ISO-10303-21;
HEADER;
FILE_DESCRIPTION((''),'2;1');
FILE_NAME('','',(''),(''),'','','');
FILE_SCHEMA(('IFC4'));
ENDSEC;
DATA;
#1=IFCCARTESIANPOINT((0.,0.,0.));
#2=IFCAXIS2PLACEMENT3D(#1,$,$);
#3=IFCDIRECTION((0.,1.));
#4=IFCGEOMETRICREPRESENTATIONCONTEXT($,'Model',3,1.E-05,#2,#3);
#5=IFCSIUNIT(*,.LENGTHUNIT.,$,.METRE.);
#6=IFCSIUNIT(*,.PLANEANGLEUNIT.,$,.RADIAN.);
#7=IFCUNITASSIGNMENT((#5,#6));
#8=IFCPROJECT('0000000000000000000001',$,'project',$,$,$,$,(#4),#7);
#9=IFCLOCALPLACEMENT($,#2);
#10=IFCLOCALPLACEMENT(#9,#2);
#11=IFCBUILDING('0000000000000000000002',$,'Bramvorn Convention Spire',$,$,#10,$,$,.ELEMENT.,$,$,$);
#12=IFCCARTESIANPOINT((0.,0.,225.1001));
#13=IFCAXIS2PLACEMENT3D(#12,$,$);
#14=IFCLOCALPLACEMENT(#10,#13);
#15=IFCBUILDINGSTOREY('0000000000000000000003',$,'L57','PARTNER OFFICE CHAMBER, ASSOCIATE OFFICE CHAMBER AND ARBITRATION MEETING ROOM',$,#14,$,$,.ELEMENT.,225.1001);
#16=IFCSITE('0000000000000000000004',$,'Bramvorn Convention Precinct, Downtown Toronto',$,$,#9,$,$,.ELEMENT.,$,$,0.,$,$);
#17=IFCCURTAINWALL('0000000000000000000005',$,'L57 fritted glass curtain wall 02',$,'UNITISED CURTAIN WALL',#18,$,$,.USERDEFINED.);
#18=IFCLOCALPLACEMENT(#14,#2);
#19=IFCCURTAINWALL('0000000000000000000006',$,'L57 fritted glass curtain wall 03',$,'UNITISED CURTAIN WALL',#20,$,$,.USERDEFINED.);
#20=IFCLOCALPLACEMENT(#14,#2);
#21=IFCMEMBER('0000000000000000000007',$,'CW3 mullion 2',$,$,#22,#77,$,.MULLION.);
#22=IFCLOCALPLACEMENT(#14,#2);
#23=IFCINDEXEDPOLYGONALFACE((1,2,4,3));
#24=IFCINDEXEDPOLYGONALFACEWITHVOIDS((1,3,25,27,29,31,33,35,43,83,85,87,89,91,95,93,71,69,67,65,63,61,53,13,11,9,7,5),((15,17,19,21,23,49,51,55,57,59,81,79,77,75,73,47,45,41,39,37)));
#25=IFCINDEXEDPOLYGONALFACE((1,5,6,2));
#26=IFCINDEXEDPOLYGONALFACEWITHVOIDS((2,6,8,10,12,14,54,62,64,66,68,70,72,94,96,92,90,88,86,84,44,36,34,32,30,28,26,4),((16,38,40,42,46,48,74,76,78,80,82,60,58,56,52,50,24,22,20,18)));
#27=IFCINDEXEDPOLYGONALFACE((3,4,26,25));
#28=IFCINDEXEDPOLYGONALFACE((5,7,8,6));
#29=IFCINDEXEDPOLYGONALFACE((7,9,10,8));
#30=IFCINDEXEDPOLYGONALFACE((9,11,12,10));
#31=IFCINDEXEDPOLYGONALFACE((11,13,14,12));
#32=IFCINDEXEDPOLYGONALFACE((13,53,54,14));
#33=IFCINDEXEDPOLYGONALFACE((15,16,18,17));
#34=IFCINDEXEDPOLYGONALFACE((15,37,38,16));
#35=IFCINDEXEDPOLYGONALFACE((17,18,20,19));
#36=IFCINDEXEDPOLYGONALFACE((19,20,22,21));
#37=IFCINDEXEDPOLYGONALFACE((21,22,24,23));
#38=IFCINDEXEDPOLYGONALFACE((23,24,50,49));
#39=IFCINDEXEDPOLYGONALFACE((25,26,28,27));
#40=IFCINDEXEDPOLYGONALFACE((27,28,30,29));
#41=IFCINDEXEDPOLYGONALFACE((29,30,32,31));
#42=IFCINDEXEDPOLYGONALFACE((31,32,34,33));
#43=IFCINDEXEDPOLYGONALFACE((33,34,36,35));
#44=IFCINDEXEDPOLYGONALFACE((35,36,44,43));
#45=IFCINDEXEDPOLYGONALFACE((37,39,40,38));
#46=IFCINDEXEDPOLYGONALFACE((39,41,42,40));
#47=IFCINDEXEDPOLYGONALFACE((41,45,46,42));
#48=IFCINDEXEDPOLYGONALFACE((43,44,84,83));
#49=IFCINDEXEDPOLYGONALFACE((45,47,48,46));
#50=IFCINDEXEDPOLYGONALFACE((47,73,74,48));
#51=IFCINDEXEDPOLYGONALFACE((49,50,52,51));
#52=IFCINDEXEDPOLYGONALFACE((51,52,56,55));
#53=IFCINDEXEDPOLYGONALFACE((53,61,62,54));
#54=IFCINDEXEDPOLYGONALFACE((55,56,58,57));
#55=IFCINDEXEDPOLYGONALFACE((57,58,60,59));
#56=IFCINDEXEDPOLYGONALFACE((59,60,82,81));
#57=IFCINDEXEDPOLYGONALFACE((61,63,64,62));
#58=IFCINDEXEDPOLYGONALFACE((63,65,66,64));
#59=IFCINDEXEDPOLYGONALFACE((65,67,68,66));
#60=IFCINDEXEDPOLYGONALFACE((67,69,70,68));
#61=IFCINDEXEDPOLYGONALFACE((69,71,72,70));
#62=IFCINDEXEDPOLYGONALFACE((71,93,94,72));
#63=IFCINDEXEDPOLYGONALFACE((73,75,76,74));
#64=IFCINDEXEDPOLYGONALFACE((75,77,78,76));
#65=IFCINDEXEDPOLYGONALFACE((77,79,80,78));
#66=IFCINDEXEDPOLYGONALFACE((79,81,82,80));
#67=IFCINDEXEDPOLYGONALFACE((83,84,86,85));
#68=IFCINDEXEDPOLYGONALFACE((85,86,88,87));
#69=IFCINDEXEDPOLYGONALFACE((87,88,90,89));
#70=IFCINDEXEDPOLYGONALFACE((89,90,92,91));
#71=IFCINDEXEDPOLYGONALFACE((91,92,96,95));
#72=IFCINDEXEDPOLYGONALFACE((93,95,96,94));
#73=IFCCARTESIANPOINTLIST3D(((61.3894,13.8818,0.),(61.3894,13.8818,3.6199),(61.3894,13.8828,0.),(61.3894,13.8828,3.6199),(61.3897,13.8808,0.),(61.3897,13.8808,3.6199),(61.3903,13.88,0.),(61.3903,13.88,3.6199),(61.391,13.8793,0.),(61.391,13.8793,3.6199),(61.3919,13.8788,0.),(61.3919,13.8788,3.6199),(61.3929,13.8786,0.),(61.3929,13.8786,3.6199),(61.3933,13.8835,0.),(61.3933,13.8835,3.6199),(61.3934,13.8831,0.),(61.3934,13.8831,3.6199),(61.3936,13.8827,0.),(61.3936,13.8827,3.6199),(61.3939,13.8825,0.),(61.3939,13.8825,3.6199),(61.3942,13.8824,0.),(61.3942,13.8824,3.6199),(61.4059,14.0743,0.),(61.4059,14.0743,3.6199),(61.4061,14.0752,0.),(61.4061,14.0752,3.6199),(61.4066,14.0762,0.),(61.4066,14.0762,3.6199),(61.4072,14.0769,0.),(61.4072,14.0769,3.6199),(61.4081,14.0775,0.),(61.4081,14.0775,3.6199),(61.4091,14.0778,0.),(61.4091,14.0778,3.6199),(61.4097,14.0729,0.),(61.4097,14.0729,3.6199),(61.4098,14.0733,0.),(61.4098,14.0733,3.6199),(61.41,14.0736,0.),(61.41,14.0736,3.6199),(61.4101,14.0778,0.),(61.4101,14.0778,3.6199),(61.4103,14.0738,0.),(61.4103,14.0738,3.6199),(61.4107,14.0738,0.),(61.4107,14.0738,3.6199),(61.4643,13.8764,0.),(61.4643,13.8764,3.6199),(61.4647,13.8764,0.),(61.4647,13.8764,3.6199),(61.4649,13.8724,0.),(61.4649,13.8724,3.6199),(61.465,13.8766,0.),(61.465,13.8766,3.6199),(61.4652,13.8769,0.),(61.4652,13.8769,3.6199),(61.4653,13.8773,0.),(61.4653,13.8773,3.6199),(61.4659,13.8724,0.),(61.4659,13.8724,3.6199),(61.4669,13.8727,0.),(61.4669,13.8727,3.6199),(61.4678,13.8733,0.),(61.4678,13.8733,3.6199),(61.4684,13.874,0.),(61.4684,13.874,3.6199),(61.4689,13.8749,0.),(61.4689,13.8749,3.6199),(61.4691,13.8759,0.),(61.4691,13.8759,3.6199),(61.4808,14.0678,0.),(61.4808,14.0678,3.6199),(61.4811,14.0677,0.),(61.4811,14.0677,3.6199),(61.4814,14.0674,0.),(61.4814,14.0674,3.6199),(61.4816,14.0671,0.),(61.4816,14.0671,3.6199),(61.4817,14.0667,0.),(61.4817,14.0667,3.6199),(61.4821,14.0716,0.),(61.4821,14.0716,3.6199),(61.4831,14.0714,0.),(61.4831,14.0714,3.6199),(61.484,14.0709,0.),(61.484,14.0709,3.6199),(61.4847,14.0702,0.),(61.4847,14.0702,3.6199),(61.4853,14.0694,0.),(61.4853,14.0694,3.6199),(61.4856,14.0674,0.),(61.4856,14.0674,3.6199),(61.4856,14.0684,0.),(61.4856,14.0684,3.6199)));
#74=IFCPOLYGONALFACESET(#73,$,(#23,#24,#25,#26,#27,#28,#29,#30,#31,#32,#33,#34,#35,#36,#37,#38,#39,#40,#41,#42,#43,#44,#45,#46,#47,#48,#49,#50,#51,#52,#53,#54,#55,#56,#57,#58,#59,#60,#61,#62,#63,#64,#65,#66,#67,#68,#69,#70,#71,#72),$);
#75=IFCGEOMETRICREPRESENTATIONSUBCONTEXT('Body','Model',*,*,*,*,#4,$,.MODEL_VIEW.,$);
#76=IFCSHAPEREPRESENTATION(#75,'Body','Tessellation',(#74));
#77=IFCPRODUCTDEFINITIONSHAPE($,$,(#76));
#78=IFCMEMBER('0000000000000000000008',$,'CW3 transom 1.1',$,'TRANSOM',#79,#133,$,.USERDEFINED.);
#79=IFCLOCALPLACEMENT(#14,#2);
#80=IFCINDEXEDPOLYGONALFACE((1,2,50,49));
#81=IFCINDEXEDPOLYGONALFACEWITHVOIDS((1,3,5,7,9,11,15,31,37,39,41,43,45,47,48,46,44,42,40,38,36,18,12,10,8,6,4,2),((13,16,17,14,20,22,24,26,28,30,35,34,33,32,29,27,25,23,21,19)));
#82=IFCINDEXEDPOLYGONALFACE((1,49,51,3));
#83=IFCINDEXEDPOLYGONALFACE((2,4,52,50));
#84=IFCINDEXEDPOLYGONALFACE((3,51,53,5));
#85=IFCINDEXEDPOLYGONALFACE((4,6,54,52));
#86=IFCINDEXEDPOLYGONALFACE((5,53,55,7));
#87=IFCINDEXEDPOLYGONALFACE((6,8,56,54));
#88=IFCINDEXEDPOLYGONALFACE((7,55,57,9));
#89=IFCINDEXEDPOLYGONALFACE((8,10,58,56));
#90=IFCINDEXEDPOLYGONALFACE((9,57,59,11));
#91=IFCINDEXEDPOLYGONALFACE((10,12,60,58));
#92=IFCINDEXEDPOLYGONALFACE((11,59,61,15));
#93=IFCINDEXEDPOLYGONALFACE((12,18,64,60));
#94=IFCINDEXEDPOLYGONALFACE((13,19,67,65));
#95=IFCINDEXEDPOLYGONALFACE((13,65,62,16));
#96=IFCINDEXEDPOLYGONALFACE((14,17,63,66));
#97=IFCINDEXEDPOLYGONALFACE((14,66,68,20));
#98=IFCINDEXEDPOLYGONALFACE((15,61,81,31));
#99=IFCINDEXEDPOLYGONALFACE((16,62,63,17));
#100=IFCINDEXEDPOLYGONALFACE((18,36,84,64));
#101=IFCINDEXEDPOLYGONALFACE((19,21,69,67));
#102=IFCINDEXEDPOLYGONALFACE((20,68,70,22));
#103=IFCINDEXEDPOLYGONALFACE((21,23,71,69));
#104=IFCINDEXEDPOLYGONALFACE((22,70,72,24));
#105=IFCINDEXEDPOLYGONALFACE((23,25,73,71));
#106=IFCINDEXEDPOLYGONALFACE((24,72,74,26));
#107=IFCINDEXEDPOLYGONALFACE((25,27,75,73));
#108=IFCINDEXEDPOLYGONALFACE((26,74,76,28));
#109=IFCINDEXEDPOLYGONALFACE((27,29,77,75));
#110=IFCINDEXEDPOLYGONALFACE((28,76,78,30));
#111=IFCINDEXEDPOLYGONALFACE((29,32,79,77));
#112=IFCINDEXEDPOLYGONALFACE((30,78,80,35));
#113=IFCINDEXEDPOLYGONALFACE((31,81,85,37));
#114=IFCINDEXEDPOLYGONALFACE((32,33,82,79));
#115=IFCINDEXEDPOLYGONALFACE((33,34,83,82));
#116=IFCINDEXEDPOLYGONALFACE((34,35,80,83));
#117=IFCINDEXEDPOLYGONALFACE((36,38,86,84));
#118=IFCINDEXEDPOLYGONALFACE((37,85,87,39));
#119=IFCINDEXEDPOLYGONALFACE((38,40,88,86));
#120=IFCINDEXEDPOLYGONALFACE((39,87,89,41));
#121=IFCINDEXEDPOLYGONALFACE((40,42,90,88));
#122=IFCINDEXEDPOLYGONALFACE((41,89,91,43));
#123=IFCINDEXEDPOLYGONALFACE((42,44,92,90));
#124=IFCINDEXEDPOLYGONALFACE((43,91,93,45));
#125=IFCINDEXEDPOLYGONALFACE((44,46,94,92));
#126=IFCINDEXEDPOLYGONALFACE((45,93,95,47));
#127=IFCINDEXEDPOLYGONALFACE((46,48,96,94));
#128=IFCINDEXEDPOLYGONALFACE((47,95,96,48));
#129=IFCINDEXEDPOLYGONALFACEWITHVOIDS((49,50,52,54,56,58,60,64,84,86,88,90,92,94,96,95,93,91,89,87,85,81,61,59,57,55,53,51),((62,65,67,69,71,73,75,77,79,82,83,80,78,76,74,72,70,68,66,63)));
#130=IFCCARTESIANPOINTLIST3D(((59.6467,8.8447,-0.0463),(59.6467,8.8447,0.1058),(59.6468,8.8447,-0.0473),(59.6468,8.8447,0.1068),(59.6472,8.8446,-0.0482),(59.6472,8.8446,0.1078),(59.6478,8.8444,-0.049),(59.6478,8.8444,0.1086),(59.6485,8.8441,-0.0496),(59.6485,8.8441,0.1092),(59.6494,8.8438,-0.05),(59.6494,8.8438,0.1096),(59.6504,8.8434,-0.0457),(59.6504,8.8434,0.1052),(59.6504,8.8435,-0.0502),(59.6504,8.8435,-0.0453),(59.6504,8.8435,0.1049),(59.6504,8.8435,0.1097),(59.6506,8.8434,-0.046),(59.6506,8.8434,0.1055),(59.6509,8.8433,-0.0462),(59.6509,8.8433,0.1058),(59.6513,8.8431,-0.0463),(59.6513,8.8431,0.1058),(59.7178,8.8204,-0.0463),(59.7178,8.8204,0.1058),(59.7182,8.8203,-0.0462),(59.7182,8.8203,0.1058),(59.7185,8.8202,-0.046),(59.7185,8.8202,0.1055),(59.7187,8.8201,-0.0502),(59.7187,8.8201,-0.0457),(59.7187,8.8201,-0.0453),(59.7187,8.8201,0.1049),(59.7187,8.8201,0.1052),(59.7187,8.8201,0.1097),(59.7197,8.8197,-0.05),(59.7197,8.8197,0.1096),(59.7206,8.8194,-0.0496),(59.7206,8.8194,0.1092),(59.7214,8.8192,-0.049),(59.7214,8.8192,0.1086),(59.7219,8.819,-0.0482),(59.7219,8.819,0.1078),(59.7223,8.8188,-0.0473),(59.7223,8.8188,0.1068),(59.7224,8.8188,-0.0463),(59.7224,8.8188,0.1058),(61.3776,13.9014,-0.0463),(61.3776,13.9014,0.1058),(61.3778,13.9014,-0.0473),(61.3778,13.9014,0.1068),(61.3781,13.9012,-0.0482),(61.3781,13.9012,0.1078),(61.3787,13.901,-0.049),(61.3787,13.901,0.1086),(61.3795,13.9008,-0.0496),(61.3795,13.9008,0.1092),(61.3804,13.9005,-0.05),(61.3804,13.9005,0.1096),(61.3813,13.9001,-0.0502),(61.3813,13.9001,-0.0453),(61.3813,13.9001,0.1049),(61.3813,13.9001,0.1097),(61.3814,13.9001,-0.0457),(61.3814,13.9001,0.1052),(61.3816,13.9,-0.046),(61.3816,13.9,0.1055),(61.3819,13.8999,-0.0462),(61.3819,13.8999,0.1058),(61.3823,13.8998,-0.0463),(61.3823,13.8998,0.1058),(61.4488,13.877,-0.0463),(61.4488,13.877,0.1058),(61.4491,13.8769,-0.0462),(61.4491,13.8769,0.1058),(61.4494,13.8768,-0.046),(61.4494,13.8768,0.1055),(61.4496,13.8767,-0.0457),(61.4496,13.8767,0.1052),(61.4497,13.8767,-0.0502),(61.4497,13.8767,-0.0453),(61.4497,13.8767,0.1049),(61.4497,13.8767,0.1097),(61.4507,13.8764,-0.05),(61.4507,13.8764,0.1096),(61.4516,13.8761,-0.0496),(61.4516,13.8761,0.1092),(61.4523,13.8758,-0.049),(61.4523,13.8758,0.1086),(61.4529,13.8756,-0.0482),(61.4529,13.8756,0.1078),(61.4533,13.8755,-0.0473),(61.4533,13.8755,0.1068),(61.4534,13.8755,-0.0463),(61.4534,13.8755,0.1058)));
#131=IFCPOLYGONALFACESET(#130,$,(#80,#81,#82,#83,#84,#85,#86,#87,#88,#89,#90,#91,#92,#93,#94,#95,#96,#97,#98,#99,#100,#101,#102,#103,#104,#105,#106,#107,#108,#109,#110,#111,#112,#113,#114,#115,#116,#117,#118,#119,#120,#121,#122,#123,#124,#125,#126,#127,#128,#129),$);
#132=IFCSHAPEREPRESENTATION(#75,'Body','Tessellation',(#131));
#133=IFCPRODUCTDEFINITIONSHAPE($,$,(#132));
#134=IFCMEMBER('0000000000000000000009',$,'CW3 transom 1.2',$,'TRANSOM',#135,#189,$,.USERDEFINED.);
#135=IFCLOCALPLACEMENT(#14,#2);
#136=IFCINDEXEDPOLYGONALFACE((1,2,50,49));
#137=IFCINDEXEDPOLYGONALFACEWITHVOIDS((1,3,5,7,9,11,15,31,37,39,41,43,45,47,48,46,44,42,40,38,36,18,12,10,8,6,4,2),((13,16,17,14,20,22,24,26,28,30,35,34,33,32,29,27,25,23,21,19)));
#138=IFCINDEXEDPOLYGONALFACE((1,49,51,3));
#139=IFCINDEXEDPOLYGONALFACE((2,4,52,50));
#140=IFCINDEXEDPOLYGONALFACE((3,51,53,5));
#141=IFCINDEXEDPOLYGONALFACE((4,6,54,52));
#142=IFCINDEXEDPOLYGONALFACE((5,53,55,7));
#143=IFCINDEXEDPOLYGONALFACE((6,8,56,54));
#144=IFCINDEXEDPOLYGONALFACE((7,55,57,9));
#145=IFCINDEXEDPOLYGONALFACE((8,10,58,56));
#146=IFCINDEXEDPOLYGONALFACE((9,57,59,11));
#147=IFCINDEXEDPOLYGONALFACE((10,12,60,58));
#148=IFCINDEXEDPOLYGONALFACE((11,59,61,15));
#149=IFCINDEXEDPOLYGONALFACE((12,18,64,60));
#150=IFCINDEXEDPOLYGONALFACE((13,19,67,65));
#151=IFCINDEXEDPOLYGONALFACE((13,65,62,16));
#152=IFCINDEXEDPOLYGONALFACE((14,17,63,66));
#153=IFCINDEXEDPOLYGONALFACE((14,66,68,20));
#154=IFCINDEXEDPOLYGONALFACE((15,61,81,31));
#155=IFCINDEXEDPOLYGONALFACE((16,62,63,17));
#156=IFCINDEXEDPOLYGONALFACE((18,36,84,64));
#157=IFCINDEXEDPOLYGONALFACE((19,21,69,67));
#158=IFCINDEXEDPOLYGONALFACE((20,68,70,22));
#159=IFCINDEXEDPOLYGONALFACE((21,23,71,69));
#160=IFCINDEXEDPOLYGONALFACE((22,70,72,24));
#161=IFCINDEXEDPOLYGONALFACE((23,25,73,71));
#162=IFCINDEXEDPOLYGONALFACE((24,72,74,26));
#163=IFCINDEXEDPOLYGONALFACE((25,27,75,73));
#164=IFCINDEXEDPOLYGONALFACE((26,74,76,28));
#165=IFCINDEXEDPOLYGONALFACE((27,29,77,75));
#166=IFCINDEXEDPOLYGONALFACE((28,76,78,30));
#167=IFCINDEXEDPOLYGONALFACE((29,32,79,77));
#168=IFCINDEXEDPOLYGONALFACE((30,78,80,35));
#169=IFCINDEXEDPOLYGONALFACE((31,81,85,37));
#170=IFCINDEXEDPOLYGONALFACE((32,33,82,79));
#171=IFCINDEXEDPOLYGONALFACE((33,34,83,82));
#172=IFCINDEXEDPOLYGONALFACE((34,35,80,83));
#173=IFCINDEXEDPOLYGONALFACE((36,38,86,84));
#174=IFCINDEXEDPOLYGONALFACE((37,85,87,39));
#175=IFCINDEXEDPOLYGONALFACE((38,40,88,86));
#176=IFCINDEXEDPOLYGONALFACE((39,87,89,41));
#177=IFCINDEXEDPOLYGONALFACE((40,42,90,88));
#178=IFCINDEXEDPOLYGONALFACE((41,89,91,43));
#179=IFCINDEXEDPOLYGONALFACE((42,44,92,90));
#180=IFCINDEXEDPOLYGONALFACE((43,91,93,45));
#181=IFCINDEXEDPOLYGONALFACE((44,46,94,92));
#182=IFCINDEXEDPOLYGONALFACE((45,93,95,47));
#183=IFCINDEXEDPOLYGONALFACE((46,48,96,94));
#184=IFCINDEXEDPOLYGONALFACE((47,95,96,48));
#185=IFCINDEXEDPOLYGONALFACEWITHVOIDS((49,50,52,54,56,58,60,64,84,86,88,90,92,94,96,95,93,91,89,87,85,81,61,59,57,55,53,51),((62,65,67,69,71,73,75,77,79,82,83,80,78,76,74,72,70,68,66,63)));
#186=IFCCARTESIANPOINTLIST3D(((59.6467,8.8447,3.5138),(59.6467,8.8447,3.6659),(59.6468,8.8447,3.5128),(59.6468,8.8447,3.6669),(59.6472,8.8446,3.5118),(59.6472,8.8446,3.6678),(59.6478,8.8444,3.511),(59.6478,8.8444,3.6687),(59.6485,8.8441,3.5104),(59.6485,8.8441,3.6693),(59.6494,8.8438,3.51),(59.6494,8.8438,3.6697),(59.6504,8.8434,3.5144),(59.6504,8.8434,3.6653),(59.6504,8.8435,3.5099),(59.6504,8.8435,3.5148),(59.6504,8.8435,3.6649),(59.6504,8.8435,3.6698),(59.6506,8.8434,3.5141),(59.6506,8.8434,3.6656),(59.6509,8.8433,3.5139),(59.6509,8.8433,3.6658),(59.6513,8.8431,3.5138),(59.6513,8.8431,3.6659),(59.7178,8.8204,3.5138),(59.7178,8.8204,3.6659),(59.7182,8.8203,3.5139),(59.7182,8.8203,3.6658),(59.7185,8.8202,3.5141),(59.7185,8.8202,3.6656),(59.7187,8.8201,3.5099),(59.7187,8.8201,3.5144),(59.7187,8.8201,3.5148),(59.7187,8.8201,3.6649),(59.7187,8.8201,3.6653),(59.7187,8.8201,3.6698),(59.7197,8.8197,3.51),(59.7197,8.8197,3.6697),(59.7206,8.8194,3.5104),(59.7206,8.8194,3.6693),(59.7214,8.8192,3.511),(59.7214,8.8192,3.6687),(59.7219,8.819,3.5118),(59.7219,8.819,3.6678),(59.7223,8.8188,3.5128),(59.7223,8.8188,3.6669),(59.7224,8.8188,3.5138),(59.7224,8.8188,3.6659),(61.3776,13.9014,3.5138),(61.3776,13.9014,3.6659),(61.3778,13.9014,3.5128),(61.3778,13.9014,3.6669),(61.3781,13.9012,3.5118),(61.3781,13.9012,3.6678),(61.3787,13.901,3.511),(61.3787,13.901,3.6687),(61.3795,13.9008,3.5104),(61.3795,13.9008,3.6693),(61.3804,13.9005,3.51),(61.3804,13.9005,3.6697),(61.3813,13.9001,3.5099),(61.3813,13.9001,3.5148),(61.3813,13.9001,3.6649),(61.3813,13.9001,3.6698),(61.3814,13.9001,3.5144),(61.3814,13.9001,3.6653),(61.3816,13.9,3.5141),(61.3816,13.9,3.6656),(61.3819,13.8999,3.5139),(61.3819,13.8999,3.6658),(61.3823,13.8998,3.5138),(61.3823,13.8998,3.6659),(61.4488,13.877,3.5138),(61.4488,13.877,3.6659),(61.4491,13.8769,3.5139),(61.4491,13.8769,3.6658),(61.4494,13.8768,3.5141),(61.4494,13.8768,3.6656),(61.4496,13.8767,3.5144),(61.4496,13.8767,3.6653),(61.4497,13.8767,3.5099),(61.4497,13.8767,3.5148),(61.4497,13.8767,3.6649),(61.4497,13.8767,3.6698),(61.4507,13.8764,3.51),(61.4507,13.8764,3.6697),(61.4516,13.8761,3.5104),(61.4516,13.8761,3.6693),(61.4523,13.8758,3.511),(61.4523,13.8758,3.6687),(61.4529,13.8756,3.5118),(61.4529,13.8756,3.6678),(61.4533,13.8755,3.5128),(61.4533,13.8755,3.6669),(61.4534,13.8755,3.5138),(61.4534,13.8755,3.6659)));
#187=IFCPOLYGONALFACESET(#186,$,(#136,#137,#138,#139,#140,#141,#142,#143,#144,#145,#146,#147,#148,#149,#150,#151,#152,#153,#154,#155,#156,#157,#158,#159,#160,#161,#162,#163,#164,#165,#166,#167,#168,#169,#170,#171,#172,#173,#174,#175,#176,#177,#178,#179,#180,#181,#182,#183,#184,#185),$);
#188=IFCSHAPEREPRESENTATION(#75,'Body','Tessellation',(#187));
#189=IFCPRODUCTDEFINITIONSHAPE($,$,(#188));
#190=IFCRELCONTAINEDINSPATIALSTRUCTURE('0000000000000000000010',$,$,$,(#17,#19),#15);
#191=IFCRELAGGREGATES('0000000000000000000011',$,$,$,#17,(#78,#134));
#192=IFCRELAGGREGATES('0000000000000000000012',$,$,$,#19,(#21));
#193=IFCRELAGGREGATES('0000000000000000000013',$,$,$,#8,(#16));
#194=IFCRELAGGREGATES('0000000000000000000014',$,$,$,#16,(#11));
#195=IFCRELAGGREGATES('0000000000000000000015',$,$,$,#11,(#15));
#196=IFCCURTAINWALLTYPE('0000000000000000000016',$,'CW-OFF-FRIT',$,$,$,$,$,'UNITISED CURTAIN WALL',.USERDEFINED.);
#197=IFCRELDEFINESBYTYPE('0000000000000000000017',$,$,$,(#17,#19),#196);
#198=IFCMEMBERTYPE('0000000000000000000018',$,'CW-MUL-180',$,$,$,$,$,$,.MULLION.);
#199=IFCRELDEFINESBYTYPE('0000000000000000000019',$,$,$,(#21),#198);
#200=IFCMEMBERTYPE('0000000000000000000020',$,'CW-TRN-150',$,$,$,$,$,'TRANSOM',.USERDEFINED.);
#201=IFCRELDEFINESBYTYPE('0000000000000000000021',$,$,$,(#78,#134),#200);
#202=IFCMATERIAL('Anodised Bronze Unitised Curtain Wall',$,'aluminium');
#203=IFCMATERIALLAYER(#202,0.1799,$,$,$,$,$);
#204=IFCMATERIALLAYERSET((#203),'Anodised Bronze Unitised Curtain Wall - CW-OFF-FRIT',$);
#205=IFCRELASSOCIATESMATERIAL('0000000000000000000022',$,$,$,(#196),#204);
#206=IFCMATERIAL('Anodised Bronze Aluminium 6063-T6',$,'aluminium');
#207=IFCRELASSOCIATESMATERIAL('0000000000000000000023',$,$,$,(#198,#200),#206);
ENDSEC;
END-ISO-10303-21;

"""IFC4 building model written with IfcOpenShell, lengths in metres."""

from ifc_helpers import new_model, si_unit, direction, frame, origin, origin_2d, place, context, subcontext, project, spatial, hollow_rectangle, extrude, material, layer, layer_set, material_profile, profile_set, type_object, element, aggregate, save


model = new_model("IFC4")

# Units and contexts
model_context = context("Model", 3, precision=1e-05, world=origin(), true_north=direction((0.0, 1.0)))
body_context = subcontext(model_context, "Body", "Model", "MODEL_VIEW")
ifc_project = project(units=[si_unit("LENGTHUNIT", "METRE"), si_unit("PLANEANGLEUNIT", "RADIAN")], contexts=[model_context])

# Site, building, storey
site_placement = place(None, origin())
site = spatial("IfcSite", under=ifc_project, at=site_placement, Name="Bramvorn Convention Precinct, Downtown Toronto", CompositionType="ELEMENT", RefElevation=0.0)
building_placement = place(site_placement, origin())
building = spatial("IfcBuilding", under=site, at=building_placement, Name="Bramvorn Convention Spire", CompositionType="ELEMENT")
storey_placement = place(building_placement, frame((0.0, 0.0, 225.1001)))
storey = spatial("IfcBuildingStorey", under=building, at=storey_placement, Name="L57", Description="PARTNER OFFICE CHAMBER, ASSOCIATE OFFICE CHAMBER AND ARBITRATION MEETING ROOM", CompositionType="ELEMENT", Elevation=225.1001)

# Curtain walls, member
ifc_material_1 = material(Name="Anodised Bronze Unitised Curtain Wall", Category="aluminium")
ifc_layer_1 = layer(ifc_material_1, 0.1799)
ifc_layer_set_1 = layer_set([ifc_layer_1], Name="Anodised Bronze Unitised Curtain Wall - CW-OFF-FRIT")
curtain_wall_type = type_object("IfcCurtainWallType", Name="CW-OFF-FRIT", ElementType="UNITISED CURTAIN WALL", PredefinedType="USERDEFINED", material=ifc_layer_set_1)
curtain_wall_1_placement = place(storey_placement, origin())
curtain_wall_1 = element("IfcCurtainWall", 1, at=curtain_wall_1_placement, inside=storey, type_object=curtain_wall_type, Name="L57 fritted glass curtain wall 02", ObjectType="UNITISED CURTAIN WALL", PredefinedType="USERDEFINED")
ifc_material_2 = material(Name="Anodised Bronze Aluminium 6063-T6", Category="aluminium")
ifc_material_profile_1 = material_profile(ifc_material_2, hollow_rectangle(XDim=0.0801, YDim=0.2, WallThickness=0.0039, InnerFilletRadius=0.001, OuterFilletRadius=0.0039, at=origin_2d()))
ifc_profile_set_1 = profile_set([ifc_material_profile_1], Name="Anodised Bronze Aluminium 6063-T6 - CWM80X200")
member_type_1 = type_object("IfcMemberType", Name="CW-MUL-180", PredefinedType="MULLION", material=ifc_profile_set_1)
curtain_wall_2_placement = place(storey_placement, origin())
curtain_wall_2 = element("IfcCurtainWall", 2, at=curtain_wall_2_placement, inside=storey, type_object=curtain_wall_type, Name="L57 fritted glass curtain wall 03", ObjectType="UNITISED CURTAIN WALL", PredefinedType="USERDEFINED")
member_1_placement = place(storey_placement, frame((61.4375, 13.9751, 0.0), z_axis=(0.0, 0.0, 1.0), x_axis=(0.996303, -0.08591, 0.0)))
member_1 = element("IfcMember", 3, at=member_1_placement, type_object=member_type_1, Name="CW3 mullion 2", PredefinedType="MULLION", context=body_context, shape_type="SweptSolid", body=[
    extrude(hollow_rectangle(XDim=0.0801, YDim=0.2, WallThickness=0.0039, InnerFilletRadius=0.001, OuterFilletRadius=0.0039, at=origin_2d()), origin(), (0.0, 0.0, 1.0), 3.6199),
])

# Members
ifc_material_profile_2 = material_profile(ifc_material_2, hollow_rectangle(XDim=0.0801, YDim=0.1599, WallThickness=0.0039, InnerFilletRadius=0.001, OuterFilletRadius=0.0039, at=origin_2d()))
ifc_profile_set_2 = profile_set([ifc_material_profile_2], Name="Anodised Bronze Aluminium 6063-T6 - CWT80X160")
member_type_2 = type_object("IfcMemberType", Name="CW-TRN-150", ElementType="TRANSOM", PredefinedType="USERDEFINED", material=ifc_profile_set_2)
member_2_placement = place(storey_placement, frame((61.4155, 13.8884, 0.0298), z_axis=(-0.323864, -0.946104, 0.0), x_axis=(0.946104, -0.323864, 0.0)))
member_2 = element("IfcMember", 4, at=member_2_placement, type_object=member_type_2, Name="CW3 transom 1.1", ObjectType="TRANSOM", PredefinedType="USERDEFINED", context=body_context, shape_type="SweptSolid", body=[
    extrude(hollow_rectangle(XDim=0.0801, YDim=0.1599, WallThickness=0.0039, InnerFilletRadius=0.001, OuterFilletRadius=0.0039, at=origin_2d()), origin(), (0.0, 0.0, 1.0), 5.3447),
])
member_3_placement = place(storey_placement, frame((61.4155, 13.8884, 3.5898), z_axis=(-0.323864, -0.946104, 0.0), x_axis=(0.946104, -0.323864, 0.0)))
member_3 = element("IfcMember", 5, at=member_3_placement, type_object=member_type_2, Name="CW3 transom 1.2", ObjectType="TRANSOM", PredefinedType="USERDEFINED", context=body_context, shape_type="SweptSolid", body=[
    extrude(hollow_rectangle(XDim=0.0801, YDim=0.1599, WallThickness=0.0039, InnerFilletRadius=0.001, OuterFilletRadius=0.0039, at=origin_2d()), origin(), (0.0, 0.0, 1.0), 5.3447),
])

aggregate(curtain_wall_1, [member_2, member_3])
aggregate(curtain_wall_2, [member_1])

save(model, "model.ifc")
